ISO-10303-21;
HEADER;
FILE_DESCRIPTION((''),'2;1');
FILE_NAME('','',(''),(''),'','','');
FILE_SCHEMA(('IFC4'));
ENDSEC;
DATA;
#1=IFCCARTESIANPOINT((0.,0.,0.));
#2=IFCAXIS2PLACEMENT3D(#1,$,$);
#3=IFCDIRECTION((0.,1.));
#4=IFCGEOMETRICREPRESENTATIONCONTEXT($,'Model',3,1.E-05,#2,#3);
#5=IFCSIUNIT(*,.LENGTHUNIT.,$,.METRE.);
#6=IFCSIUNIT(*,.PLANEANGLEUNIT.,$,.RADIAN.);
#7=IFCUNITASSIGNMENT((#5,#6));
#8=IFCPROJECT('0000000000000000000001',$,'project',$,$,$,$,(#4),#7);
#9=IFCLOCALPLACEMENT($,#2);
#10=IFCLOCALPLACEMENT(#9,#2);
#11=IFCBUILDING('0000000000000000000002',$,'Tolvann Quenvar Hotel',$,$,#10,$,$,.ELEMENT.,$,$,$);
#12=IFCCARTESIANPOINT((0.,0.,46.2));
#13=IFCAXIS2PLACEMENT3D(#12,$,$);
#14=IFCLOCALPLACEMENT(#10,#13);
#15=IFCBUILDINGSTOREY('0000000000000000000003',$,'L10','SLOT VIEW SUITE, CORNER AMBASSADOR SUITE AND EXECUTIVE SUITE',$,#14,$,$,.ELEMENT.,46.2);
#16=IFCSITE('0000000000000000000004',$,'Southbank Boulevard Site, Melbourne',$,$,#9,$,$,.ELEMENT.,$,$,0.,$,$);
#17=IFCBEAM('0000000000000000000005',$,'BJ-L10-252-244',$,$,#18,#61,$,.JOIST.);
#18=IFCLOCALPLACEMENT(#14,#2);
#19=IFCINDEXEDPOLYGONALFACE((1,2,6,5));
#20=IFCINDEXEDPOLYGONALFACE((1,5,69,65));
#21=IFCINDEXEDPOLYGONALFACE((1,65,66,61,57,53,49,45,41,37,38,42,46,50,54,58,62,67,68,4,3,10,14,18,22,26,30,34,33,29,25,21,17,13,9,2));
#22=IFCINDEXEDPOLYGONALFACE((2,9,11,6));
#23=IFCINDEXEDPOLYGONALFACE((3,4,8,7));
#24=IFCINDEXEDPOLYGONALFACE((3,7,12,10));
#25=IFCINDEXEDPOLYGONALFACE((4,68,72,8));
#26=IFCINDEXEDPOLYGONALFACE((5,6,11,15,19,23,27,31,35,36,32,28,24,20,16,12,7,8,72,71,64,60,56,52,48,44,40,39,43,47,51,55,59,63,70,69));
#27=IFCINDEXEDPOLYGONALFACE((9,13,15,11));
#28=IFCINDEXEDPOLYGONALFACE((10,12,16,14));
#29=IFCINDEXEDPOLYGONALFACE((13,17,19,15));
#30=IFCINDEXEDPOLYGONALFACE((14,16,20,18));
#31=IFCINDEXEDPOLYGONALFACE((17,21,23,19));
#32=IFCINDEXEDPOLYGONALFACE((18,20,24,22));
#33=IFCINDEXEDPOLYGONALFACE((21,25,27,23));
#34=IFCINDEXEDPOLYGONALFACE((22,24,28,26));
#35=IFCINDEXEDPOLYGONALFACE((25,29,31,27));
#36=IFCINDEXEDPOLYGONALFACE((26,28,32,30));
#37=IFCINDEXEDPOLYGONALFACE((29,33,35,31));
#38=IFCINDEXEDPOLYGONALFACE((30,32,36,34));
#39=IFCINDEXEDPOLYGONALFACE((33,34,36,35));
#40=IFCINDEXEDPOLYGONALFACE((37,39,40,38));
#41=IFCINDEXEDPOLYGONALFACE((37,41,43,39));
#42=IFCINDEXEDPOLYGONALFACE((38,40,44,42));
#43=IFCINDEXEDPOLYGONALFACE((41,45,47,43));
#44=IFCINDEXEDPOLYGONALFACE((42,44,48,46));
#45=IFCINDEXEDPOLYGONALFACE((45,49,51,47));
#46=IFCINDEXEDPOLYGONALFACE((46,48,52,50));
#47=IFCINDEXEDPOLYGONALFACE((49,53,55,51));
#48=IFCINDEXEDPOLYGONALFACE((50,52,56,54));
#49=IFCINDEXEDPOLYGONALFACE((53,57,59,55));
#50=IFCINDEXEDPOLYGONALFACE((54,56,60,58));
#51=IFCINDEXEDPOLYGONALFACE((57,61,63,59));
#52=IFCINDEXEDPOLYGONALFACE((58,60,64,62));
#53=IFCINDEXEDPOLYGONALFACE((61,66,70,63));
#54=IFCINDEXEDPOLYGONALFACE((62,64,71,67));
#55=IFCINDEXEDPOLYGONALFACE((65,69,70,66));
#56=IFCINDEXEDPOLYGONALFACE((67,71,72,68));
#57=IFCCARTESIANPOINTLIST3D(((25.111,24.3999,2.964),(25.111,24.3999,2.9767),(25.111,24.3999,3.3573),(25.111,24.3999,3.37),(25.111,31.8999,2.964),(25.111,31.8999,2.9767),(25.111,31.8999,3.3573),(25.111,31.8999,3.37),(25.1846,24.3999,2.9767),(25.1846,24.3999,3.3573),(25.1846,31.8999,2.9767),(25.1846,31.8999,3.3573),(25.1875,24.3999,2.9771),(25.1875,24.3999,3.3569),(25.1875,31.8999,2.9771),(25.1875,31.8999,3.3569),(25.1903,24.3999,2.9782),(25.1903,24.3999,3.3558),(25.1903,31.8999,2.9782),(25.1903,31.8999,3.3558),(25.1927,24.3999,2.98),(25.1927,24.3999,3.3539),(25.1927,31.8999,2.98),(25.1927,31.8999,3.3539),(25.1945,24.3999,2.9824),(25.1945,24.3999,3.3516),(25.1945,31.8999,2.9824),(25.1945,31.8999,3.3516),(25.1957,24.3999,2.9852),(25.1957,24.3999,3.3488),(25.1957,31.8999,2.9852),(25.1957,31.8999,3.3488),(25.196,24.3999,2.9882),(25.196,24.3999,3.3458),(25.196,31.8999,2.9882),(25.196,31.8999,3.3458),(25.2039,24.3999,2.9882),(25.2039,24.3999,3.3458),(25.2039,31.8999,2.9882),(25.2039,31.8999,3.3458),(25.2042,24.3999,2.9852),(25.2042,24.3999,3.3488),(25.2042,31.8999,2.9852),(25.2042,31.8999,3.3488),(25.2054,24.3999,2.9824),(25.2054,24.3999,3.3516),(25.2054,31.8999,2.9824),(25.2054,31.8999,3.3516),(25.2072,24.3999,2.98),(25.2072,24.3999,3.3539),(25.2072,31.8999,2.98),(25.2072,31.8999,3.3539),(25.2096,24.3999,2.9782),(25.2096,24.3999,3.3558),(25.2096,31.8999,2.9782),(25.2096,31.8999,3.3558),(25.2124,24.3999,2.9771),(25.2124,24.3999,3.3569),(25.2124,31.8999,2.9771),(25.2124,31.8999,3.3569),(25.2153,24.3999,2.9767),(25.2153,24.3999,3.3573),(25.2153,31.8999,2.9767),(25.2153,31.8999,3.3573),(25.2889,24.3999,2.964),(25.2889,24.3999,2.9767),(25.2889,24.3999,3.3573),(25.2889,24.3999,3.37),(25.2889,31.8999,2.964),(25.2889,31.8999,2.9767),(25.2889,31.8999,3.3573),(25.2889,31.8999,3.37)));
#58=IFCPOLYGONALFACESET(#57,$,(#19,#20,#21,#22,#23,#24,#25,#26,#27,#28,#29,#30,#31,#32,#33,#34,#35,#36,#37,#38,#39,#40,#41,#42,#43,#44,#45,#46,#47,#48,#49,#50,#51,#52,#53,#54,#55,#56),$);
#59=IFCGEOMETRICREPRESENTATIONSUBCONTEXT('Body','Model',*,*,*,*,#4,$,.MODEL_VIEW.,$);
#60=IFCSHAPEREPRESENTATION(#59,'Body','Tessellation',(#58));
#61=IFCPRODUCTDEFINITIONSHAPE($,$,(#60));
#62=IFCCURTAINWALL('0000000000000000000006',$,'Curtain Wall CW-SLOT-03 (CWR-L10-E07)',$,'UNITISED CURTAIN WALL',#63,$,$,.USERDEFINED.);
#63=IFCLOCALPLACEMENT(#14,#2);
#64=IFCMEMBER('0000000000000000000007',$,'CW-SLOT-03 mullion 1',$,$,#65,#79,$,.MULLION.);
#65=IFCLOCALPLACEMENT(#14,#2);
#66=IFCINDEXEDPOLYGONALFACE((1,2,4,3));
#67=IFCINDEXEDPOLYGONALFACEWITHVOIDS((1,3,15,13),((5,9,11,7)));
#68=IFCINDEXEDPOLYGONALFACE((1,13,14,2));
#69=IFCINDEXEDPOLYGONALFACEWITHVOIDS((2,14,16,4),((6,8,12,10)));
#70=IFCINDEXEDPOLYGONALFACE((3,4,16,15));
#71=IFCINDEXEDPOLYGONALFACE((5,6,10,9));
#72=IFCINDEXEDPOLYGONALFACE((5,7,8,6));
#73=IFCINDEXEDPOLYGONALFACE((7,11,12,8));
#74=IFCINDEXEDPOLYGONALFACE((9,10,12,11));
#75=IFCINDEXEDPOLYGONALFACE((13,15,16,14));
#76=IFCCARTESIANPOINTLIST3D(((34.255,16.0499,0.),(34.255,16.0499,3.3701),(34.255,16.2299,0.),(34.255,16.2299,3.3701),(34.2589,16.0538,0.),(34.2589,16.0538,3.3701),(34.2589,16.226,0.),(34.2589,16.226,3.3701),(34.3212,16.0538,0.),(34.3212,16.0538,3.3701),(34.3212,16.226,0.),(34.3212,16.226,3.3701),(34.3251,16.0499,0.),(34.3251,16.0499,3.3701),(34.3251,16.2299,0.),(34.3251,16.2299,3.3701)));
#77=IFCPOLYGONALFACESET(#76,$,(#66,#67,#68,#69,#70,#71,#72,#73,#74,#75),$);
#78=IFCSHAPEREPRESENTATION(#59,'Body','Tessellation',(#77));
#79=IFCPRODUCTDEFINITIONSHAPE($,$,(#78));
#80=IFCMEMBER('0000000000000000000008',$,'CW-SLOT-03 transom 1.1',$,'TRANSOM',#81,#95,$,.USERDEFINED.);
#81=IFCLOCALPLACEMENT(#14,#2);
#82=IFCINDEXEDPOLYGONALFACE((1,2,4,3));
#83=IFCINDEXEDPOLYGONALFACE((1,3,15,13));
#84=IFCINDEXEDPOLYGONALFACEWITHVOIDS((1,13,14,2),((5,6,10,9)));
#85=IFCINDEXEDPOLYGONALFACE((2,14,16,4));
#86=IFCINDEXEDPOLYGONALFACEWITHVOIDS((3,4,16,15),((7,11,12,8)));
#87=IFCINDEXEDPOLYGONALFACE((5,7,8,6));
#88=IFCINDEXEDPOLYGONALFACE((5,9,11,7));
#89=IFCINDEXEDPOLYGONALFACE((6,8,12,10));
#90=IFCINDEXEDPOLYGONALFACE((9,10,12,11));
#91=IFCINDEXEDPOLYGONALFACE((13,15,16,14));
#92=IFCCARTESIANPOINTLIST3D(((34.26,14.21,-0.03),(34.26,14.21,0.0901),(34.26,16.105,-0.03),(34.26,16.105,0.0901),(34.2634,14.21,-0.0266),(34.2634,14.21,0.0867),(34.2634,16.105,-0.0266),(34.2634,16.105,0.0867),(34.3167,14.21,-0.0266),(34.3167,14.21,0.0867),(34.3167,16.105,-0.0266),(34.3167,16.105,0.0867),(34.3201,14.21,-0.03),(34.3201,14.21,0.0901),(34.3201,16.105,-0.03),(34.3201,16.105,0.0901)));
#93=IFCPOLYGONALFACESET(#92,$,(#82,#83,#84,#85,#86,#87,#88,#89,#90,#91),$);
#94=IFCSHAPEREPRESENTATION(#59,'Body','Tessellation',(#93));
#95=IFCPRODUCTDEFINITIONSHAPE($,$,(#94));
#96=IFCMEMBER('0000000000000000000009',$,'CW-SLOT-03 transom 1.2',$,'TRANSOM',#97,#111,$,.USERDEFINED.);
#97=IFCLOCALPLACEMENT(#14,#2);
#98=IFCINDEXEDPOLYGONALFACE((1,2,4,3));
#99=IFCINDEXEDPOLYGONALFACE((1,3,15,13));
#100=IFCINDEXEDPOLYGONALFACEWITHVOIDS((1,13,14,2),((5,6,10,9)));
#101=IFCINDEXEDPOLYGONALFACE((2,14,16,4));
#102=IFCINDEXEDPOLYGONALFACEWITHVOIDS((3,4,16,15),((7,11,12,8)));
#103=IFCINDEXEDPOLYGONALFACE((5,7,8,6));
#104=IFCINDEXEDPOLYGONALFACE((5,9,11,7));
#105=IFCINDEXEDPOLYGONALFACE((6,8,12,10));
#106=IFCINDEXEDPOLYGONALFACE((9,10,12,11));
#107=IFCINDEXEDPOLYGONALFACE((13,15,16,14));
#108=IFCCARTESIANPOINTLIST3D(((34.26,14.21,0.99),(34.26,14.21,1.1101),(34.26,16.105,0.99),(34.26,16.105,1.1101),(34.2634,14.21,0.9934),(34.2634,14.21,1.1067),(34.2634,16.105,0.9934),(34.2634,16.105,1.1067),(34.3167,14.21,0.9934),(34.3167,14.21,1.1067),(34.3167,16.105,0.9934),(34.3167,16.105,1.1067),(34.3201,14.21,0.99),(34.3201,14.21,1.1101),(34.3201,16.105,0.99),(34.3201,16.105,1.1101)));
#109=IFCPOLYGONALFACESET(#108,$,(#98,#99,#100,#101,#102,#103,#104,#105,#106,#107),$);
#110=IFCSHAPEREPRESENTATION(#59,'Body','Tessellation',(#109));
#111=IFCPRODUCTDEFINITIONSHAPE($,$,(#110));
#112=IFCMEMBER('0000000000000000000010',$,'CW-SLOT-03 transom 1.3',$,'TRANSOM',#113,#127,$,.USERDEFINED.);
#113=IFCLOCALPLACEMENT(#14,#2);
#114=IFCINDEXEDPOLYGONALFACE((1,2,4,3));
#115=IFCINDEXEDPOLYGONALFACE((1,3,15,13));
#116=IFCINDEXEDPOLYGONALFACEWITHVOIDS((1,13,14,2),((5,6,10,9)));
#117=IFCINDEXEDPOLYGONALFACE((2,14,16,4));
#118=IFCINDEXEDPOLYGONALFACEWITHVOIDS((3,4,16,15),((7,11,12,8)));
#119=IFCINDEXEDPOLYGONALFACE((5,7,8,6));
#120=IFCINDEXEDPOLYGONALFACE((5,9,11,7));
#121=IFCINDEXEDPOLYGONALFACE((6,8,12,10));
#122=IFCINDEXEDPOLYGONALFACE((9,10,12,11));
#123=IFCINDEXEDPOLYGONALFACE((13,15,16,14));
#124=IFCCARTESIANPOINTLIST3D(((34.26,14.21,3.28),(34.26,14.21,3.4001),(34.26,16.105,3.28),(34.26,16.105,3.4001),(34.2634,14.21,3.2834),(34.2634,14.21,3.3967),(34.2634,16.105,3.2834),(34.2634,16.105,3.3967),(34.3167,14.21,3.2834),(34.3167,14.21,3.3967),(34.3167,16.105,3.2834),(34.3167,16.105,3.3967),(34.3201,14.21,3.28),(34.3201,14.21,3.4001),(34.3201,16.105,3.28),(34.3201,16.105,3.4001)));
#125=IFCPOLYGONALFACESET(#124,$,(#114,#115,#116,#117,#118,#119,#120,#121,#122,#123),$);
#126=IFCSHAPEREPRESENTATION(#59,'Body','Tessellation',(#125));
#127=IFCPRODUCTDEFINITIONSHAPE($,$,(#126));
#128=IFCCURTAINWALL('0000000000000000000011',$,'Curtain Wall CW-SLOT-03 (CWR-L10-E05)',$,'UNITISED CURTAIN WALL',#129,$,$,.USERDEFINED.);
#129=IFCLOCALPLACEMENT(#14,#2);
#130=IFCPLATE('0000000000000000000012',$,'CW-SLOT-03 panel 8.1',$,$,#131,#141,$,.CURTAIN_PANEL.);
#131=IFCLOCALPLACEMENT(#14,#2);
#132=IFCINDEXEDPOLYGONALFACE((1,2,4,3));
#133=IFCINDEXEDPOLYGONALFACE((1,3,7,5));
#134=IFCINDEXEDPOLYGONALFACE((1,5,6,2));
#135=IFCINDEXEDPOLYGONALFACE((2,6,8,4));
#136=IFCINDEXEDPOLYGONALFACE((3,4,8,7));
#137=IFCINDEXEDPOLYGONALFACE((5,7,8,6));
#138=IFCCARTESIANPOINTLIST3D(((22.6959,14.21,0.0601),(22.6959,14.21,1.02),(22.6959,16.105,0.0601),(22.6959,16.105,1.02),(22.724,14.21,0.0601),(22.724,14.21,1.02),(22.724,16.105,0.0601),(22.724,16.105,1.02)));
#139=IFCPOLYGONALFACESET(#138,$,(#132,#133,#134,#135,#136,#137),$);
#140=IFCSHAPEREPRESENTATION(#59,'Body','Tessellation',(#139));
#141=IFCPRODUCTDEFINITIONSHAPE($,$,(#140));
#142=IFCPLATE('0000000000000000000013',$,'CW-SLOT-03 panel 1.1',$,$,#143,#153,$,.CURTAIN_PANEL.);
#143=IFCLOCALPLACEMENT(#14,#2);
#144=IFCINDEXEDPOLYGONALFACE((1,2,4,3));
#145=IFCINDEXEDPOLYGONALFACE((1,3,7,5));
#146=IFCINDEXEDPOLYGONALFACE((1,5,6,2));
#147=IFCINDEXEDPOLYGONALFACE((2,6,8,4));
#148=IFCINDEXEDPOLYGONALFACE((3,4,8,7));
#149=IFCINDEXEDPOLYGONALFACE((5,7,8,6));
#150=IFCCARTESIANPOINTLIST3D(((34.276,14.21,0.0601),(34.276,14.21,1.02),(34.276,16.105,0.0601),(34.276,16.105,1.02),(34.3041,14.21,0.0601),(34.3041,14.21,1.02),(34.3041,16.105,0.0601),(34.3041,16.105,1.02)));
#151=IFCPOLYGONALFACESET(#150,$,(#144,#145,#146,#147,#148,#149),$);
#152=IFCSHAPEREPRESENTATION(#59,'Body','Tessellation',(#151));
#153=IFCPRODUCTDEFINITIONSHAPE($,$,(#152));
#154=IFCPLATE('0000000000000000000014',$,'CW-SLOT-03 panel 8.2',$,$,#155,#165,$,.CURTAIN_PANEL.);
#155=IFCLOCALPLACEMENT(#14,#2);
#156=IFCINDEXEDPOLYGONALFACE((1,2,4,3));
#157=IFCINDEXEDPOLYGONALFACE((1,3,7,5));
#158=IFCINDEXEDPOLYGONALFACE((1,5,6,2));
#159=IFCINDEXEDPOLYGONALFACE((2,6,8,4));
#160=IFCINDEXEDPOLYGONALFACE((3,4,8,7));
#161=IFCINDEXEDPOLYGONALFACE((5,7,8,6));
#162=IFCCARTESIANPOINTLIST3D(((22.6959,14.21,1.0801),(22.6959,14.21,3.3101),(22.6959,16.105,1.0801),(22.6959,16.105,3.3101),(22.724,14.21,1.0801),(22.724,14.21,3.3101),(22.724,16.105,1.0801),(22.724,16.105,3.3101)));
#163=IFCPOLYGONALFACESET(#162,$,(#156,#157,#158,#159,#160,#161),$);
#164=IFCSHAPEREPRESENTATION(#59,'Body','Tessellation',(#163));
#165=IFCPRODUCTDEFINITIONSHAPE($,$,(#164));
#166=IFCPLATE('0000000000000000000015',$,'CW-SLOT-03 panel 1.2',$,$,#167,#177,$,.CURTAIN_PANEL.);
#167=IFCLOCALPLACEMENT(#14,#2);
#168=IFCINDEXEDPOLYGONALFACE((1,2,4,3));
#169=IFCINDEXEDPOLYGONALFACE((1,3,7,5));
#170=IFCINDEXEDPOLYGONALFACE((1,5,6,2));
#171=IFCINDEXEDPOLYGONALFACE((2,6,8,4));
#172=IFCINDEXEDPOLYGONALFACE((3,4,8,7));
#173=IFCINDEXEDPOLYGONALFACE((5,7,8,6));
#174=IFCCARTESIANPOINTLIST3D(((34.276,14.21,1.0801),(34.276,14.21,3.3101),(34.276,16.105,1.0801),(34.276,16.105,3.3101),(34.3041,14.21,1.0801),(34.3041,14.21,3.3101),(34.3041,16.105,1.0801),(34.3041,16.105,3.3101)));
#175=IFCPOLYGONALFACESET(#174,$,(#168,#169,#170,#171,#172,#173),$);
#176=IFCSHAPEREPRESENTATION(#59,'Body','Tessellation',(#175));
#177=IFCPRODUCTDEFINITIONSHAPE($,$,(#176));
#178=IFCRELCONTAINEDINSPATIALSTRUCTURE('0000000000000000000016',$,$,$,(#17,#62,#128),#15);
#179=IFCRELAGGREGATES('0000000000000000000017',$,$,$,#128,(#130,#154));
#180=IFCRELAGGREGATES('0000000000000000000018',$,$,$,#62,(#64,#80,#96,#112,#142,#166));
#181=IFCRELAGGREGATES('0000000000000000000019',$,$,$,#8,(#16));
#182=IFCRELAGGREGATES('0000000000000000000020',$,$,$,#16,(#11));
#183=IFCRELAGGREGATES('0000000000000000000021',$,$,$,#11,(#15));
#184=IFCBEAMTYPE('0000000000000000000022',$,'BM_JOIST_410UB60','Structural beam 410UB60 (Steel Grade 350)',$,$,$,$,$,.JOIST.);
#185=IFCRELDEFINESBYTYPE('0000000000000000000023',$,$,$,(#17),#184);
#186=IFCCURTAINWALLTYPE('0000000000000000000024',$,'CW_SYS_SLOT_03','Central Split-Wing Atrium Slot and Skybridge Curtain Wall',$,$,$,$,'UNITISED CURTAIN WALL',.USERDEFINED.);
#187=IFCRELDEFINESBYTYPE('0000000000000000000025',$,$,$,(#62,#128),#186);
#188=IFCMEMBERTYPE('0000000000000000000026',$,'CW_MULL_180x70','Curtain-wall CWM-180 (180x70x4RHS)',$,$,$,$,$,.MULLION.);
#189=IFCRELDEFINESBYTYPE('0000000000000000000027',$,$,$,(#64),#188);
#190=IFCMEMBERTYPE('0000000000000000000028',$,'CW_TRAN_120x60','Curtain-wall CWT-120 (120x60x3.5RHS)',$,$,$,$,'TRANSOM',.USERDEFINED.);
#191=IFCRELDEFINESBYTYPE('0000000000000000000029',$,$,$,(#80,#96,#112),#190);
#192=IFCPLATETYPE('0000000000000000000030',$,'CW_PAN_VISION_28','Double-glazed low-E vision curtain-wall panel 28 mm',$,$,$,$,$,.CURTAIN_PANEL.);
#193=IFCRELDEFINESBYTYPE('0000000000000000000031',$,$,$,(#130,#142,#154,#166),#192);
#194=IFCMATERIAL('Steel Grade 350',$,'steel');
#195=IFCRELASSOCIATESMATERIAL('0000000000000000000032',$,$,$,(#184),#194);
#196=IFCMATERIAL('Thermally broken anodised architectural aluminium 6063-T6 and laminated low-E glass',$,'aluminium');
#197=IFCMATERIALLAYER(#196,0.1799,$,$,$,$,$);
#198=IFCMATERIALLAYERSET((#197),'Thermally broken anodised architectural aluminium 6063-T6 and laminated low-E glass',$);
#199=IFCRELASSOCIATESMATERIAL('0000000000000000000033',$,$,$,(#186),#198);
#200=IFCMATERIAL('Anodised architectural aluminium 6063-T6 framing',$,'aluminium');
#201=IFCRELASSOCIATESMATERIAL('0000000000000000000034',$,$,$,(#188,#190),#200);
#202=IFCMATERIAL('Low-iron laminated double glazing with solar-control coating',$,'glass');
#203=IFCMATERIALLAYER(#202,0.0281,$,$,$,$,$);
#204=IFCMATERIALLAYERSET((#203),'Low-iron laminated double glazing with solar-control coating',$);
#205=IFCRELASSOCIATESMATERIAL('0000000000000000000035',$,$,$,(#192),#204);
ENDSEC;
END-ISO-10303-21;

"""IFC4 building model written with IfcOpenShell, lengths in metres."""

from ifc_helpers import new_model, si_unit, direction, frame, origin, origin_2d, place, context, subcontext, project, spatial, rectangle, hollow_rectangle, i_section, extrude, source, transform, mapped, material, layer, layer_set, material_profile, profile_set, type_object, type_shapes, element, aggregate, save


model = new_model("IFC4")

# Units and contexts
model_context = context("Model", 3, precision=1e-05, world=origin(), true_north=direction((0.0, 1.0)))
body_context = subcontext(model_context, "Body", "Model", "MODEL_VIEW")
ifc_project = project(units=[si_unit("LENGTHUNIT", "METRE"), si_unit("PLANEANGLEUNIT", "RADIAN")], contexts=[model_context])

# Site, building, storey
site_placement = place(None, origin())
site = spatial("IfcSite", under=ifc_project, at=site_placement, Name="Southbank Boulevard Site, Melbourne", CompositionType="ELEMENT", RefElevation=0.0)
building_placement = place(site_placement, origin())
building = spatial("IfcBuilding", under=site, at=building_placement, Name="Tolvann Quenvar Hotel", CompositionType="ELEMENT")
storey_placement = place(building_placement, frame((0.0, 0.0, 46.2)))
storey = spatial("IfcBuildingStorey", under=building, at=storey_placement, Name="L10", Description="SLOT VIEW SUITE, CORNER AMBASSADOR SUITE AND EXECUTIVE SUITE", CompositionType="ELEMENT", Elevation=46.2)

# Shared definitions
ifc_material_1 = material(Name="Steel Grade 350", Category="steel")

# Beam
ifc_material_profile_1 = material_profile(ifc_material_1, i_section(OverallWidth=0.178, OverallDepth=0.406, WebThickness=0.0078, FlangeThickness=0.0127, FilletRadius=0.0115, at=origin_2d()), Name="410UB60")
ifc_profile_set_1 = profile_set([ifc_material_profile_1], Name="Steel Grade 350")
beam_type_1 = type_object("IfcBeamType", Name="BM_JOIST_410UB60", Description="Structural beam 410UB60 (Steel Grade 350)", PredefinedType="JOIST", material=ifc_profile_set_1)
shared_shape_1 = source(origin(), body_context, "Body", "SweptSolid", [
    extrude(i_section(OverallWidth=0.178, OverallDepth=0.406, WebThickness=0.0078, FlangeThickness=0.0127, FilletRadius=0.0115, at=origin_2d()), origin(), (0.0, 0.0, 1.0), 7.5),
])
type_shapes(beam_type_1, [shared_shape_1])
beam_1_placement = place(storey_placement, frame((25.2, 24.3999, 3.167), z_axis=(0.0, 1.0, 0.0), x_axis=(-1.0, 0.0, 0.0)))
element("IfcBeam", 1, at=beam_1_placement, inside=storey, type_object=beam_type_1, Name="BJ-L10-252-244", PredefinedType="JOIST", context=body_context, shape_type="MappedRepresentation", body=[
    mapped(shared_shape_1, transform((0.0, 0.0, 0.0), x_axis=(1.0, 0.0, 0.0), y_axis=(0.0, 1.0, 0.0), z_axis=(0.0, 0.0, 1.0), scale=1.0)),
])

# Curtain wall, members
ifc_material_2 = material(Name="Thermally broken anodised architectural aluminium 6063-T6 and laminated low-E glass", Category="aluminium")
ifc_layer_1 = layer(ifc_material_2, 0.1799)
ifc_layer_set_1 = layer_set([ifc_layer_1], Name="Thermally broken anodised architectural aluminium 6063-T6 and laminated low-E glass")
curtain_wall_type = type_object("IfcCurtainWallType", Name="CW_SYS_SLOT_03", Description="Central Split-Wing Atrium Slot and Skybridge Curtain Wall", ElementType="UNITISED CURTAIN WALL", PredefinedType="USERDEFINED", material=ifc_layer_set_1)
curtain_wall_1_placement = place(storey_placement, origin())
curtain_wall_1 = element("IfcCurtainWall", 2, at=curtain_wall_1_placement, inside=storey, type_object=curtain_wall_type, Name="Curtain Wall CW-SLOT-03 (CWR-L10-E07)", ObjectType="UNITISED CURTAIN WALL", PredefinedType="USERDEFINED")
ifc_material_3 = material(Name="Anodised architectural aluminium 6063-T6 framing", Category="aluminium")
ifc_material_profile_2 = material_profile(ifc_material_3, hollow_rectangle(XDim=0.0701, YDim=0.1799, WallThickness=0.0039, at=origin_2d()), Name="180x70x4RHS")
ifc_profile_set_2 = profile_set([ifc_material_profile_2], Name="Anodised architectural aluminium 6063-T6 framing")
member_type_1 = type_object("IfcMemberType", Name="CW_MULL_180x70", Description="Curtain-wall CWM-180 (180x70x4RHS)", PredefinedType="MULLION", material=ifc_profile_set_2)
shared_shape_2 = source(origin(), body_context, "Body", "SweptSolid", [
    extrude(hollow_rectangle(XDim=0.0701, YDim=0.1799, WallThickness=0.0039, at=origin_2d()), origin(), (0.0, 0.0, 1.0), 3.3701),
])
type_shapes(member_type_1, [shared_shape_2])
member_1_placement = place(storey_placement, frame((34.29, 16.1399, 0.0), z_axis=(0.0, 0.0, 1.0), x_axis=(1.0, 0.0, 0.0)))
member_1 = element("IfcMember", 3, at=member_1_placement, type_object=member_type_1, Name="CW-SLOT-03 mullion 1", PredefinedType="MULLION", context=body_context, shape_type="MappedRepresentation", body=[
    mapped(shared_shape_2, transform((0.0, 0.0, 0.0), x_axis=(1.0, 0.0, 0.0), y_axis=(0.0, 1.0, 0.0), z_axis=(0.0, 0.0, 1.0), scale=1.0)),
])
ifc_material_profile_3 = material_profile(ifc_material_3, hollow_rectangle(XDim=0.0601, YDim=0.1201, WallThickness=0.0034, at=origin_2d()), Name="120x60x3.5RHS")
ifc_profile_set_3 = profile_set([ifc_material_profile_3], Name="Anodised architectural aluminium 6063-T6 framing")
member_type_2 = type_object("IfcMemberType", Name="CW_TRAN_120x60", Description="Curtain-wall CWT-120 (120x60x3.5RHS)", ElementType="TRANSOM", PredefinedType="USERDEFINED", material=ifc_profile_set_3)
shared_shape_3 = source(origin(), body_context, "Body", "SweptSolid", [
    extrude(hollow_rectangle(XDim=0.0601, YDim=0.1201, WallThickness=0.0034, at=origin_2d()), origin(), (0.0, 0.0, 1.0), 1.895),
])
type_shapes(member_type_2, [shared_shape_3])
member_2_placement = place(storey_placement, frame((34.29, 16.105, 0.03), z_axis=(0.0, -1.0, 0.0), x_axis=(1.0, 0.0, 0.0)))
member_2 = element("IfcMember", 4, at=member_2_placement, type_object=member_type_2, Name="CW-SLOT-03 transom 1.1", ObjectType="TRANSOM", PredefinedType="USERDEFINED", context=body_context, shape_type="MappedRepresentation", body=[
    mapped(shared_shape_3, transform((0.0, 0.0, 0.0), x_axis=(1.0, 0.0, 0.0), y_axis=(0.0, 1.0, 0.0), z_axis=(0.0, 0.0, 1.0), scale=1.0)),
])
member_3_placement = place(storey_placement, frame((34.29, 16.105, 1.05), z_axis=(0.0, -1.0, 0.0), x_axis=(1.0, 0.0, 0.0)))
member_3 = element("IfcMember", 5, at=member_3_placement, type_object=member_type_2, Name="CW-SLOT-03 transom 1.2", ObjectType="TRANSOM", PredefinedType="USERDEFINED", context=body_context, shape_type="MappedRepresentation", body=[
    mapped(shared_shape_3, transform((0.0, 0.0, 0.0), x_axis=(1.0, 0.0, 0.0), y_axis=(0.0, 1.0, 0.0), z_axis=(0.0, 0.0, 1.0), scale=1.0)),
])
member_4_placement = place(storey_placement, frame((34.29, 16.105, 3.3401), z_axis=(0.0, -1.0, 0.0), x_axis=(1.0, 0.0, 0.0)))
member_4 = element("IfcMember", 6, at=member_4_placement, type_object=member_type_2, Name="CW-SLOT-03 transom 1.3", ObjectType="TRANSOM", PredefinedType="USERDEFINED", context=body_context, shape_type="MappedRepresentation", body=[
    mapped(shared_shape_3, transform((0.0, 0.0, 0.0), x_axis=(1.0, 0.0, 0.0), y_axis=(0.0, 1.0, 0.0), z_axis=(0.0, 0.0, 1.0), scale=1.0)),
])

# Curtain wall, plate
curtain_wall_2_placement = place(storey_placement, origin())
curtain_wall_2 = element("IfcCurtainWall", 7, at=curtain_wall_2_placement, inside=storey, type_object=curtain_wall_type, Name="Curtain Wall CW-SLOT-03 (CWR-L10-E05)", ObjectType="UNITISED CURTAIN WALL", PredefinedType="USERDEFINED")
ifc_material_4 = material(Name="Low-iron laminated double glazing with solar-control coating", Category="glass")
ifc_layer_2 = layer(ifc_material_4, 0.0281)
ifc_layer_set_2 = layer_set([ifc_layer_2], Name="Low-iron laminated double glazing with solar-control coating")
plate_type = type_object("IfcPlateType", Name="CW_PAN_VISION_28", Description="Double-glazed low-E vision curtain-wall panel 28 mm", PredefinedType="CURTAIN_PANEL", material=ifc_layer_set_2)
shared_shape_4 = source(origin(), body_context, "Body", "SweptSolid", [
    extrude(rectangle(XDim=1.895, YDim=0.0281, at=origin_2d()), origin(), (0.0, 0.0, 1.0), 0.96),
])
plate_1_placement = place(storey_placement, frame((22.71, 15.1575, 0.0601), z_axis=(0.0, 0.0, 1.0), x_axis=(0.0, 1.0, 0.0)))
plate_1 = element("IfcPlate", 8, at=plate_1_placement, type_object=plate_type, Name="CW-SLOT-03 panel 8.1", PredefinedType="CURTAIN_PANEL", context=body_context, shape_type="MappedRepresentation", body=[
    mapped(shared_shape_4, transform((0.0, 0.0, 0.0), x_axis=(1.0, 0.0, 0.0), y_axis=(0.0, 1.0, 0.0), z_axis=(0.0, 0.0, 1.0), scale=1.0)),
])

# Plates
plate_2_placement = place(storey_placement, frame((34.29, 15.1575, 0.0601), z_axis=(0.0, 0.0, 1.0), x_axis=(0.0, -1.0, 0.0)))
plate_2 = element("IfcPlate", 9, at=plate_2_placement, type_object=plate_type, Name="CW-SLOT-03 panel 1.1", PredefinedType="CURTAIN_PANEL", context=body_context, shape_type="MappedRepresentation", body=[
    mapped(shared_shape_4, transform((0.0, 0.0, 0.0), x_axis=(1.0, 0.0, 0.0), y_axis=(0.0, 1.0, 0.0), z_axis=(0.0, 0.0, 1.0), scale=1.0)),
])
shared_shape_5 = source(origin(), body_context, "Body", "SweptSolid", [
    extrude(rectangle(XDim=1.895, YDim=0.0281, at=origin_2d()), origin(), (0.0, 0.0, 1.0), 2.23),
])
type_shapes(plate_type, [shared_shape_4, shared_shape_5])
plate_3_placement = place(storey_placement, frame((22.71, 15.1575, 1.0801), z_axis=(0.0, 0.0, 1.0), x_axis=(0.0, 1.0, 0.0)))
plate_3 = element("IfcPlate", 10, at=plate_3_placement, type_object=plate_type, Name="CW-SLOT-03 panel 8.2", PredefinedType="CURTAIN_PANEL", context=body_context, shape_type="MappedRepresentation", body=[
    mapped(shared_shape_5, transform((0.0, 0.0, 0.0), x_axis=(1.0, 0.0, 0.0), y_axis=(0.0, 1.0, 0.0), z_axis=(0.0, 0.0, 1.0), scale=1.0)),
])
aggregate(curtain_wall_2, [plate_1, plate_3])
plate_4_placement = place(storey_placement, frame((34.29, 15.1575, 1.0801), z_axis=(0.0, 0.0, 1.0), x_axis=(0.0, -1.0, 0.0)))
plate_4 = element("IfcPlate", 11, at=plate_4_placement, type_object=plate_type, Name="CW-SLOT-03 panel 1.2", PredefinedType="CURTAIN_PANEL", context=body_context, shape_type="MappedRepresentation", body=[
    mapped(shared_shape_5, transform((0.0, 0.0, 0.0), x_axis=(1.0, 0.0, 0.0), y_axis=(0.0, 1.0, 0.0), z_axis=(0.0, 0.0, 1.0), scale=1.0)),
])
aggregate(curtain_wall_1, [member_1, member_2, member_3, member_4, plate_2, plate_4])

save(model, "model.ifc")
